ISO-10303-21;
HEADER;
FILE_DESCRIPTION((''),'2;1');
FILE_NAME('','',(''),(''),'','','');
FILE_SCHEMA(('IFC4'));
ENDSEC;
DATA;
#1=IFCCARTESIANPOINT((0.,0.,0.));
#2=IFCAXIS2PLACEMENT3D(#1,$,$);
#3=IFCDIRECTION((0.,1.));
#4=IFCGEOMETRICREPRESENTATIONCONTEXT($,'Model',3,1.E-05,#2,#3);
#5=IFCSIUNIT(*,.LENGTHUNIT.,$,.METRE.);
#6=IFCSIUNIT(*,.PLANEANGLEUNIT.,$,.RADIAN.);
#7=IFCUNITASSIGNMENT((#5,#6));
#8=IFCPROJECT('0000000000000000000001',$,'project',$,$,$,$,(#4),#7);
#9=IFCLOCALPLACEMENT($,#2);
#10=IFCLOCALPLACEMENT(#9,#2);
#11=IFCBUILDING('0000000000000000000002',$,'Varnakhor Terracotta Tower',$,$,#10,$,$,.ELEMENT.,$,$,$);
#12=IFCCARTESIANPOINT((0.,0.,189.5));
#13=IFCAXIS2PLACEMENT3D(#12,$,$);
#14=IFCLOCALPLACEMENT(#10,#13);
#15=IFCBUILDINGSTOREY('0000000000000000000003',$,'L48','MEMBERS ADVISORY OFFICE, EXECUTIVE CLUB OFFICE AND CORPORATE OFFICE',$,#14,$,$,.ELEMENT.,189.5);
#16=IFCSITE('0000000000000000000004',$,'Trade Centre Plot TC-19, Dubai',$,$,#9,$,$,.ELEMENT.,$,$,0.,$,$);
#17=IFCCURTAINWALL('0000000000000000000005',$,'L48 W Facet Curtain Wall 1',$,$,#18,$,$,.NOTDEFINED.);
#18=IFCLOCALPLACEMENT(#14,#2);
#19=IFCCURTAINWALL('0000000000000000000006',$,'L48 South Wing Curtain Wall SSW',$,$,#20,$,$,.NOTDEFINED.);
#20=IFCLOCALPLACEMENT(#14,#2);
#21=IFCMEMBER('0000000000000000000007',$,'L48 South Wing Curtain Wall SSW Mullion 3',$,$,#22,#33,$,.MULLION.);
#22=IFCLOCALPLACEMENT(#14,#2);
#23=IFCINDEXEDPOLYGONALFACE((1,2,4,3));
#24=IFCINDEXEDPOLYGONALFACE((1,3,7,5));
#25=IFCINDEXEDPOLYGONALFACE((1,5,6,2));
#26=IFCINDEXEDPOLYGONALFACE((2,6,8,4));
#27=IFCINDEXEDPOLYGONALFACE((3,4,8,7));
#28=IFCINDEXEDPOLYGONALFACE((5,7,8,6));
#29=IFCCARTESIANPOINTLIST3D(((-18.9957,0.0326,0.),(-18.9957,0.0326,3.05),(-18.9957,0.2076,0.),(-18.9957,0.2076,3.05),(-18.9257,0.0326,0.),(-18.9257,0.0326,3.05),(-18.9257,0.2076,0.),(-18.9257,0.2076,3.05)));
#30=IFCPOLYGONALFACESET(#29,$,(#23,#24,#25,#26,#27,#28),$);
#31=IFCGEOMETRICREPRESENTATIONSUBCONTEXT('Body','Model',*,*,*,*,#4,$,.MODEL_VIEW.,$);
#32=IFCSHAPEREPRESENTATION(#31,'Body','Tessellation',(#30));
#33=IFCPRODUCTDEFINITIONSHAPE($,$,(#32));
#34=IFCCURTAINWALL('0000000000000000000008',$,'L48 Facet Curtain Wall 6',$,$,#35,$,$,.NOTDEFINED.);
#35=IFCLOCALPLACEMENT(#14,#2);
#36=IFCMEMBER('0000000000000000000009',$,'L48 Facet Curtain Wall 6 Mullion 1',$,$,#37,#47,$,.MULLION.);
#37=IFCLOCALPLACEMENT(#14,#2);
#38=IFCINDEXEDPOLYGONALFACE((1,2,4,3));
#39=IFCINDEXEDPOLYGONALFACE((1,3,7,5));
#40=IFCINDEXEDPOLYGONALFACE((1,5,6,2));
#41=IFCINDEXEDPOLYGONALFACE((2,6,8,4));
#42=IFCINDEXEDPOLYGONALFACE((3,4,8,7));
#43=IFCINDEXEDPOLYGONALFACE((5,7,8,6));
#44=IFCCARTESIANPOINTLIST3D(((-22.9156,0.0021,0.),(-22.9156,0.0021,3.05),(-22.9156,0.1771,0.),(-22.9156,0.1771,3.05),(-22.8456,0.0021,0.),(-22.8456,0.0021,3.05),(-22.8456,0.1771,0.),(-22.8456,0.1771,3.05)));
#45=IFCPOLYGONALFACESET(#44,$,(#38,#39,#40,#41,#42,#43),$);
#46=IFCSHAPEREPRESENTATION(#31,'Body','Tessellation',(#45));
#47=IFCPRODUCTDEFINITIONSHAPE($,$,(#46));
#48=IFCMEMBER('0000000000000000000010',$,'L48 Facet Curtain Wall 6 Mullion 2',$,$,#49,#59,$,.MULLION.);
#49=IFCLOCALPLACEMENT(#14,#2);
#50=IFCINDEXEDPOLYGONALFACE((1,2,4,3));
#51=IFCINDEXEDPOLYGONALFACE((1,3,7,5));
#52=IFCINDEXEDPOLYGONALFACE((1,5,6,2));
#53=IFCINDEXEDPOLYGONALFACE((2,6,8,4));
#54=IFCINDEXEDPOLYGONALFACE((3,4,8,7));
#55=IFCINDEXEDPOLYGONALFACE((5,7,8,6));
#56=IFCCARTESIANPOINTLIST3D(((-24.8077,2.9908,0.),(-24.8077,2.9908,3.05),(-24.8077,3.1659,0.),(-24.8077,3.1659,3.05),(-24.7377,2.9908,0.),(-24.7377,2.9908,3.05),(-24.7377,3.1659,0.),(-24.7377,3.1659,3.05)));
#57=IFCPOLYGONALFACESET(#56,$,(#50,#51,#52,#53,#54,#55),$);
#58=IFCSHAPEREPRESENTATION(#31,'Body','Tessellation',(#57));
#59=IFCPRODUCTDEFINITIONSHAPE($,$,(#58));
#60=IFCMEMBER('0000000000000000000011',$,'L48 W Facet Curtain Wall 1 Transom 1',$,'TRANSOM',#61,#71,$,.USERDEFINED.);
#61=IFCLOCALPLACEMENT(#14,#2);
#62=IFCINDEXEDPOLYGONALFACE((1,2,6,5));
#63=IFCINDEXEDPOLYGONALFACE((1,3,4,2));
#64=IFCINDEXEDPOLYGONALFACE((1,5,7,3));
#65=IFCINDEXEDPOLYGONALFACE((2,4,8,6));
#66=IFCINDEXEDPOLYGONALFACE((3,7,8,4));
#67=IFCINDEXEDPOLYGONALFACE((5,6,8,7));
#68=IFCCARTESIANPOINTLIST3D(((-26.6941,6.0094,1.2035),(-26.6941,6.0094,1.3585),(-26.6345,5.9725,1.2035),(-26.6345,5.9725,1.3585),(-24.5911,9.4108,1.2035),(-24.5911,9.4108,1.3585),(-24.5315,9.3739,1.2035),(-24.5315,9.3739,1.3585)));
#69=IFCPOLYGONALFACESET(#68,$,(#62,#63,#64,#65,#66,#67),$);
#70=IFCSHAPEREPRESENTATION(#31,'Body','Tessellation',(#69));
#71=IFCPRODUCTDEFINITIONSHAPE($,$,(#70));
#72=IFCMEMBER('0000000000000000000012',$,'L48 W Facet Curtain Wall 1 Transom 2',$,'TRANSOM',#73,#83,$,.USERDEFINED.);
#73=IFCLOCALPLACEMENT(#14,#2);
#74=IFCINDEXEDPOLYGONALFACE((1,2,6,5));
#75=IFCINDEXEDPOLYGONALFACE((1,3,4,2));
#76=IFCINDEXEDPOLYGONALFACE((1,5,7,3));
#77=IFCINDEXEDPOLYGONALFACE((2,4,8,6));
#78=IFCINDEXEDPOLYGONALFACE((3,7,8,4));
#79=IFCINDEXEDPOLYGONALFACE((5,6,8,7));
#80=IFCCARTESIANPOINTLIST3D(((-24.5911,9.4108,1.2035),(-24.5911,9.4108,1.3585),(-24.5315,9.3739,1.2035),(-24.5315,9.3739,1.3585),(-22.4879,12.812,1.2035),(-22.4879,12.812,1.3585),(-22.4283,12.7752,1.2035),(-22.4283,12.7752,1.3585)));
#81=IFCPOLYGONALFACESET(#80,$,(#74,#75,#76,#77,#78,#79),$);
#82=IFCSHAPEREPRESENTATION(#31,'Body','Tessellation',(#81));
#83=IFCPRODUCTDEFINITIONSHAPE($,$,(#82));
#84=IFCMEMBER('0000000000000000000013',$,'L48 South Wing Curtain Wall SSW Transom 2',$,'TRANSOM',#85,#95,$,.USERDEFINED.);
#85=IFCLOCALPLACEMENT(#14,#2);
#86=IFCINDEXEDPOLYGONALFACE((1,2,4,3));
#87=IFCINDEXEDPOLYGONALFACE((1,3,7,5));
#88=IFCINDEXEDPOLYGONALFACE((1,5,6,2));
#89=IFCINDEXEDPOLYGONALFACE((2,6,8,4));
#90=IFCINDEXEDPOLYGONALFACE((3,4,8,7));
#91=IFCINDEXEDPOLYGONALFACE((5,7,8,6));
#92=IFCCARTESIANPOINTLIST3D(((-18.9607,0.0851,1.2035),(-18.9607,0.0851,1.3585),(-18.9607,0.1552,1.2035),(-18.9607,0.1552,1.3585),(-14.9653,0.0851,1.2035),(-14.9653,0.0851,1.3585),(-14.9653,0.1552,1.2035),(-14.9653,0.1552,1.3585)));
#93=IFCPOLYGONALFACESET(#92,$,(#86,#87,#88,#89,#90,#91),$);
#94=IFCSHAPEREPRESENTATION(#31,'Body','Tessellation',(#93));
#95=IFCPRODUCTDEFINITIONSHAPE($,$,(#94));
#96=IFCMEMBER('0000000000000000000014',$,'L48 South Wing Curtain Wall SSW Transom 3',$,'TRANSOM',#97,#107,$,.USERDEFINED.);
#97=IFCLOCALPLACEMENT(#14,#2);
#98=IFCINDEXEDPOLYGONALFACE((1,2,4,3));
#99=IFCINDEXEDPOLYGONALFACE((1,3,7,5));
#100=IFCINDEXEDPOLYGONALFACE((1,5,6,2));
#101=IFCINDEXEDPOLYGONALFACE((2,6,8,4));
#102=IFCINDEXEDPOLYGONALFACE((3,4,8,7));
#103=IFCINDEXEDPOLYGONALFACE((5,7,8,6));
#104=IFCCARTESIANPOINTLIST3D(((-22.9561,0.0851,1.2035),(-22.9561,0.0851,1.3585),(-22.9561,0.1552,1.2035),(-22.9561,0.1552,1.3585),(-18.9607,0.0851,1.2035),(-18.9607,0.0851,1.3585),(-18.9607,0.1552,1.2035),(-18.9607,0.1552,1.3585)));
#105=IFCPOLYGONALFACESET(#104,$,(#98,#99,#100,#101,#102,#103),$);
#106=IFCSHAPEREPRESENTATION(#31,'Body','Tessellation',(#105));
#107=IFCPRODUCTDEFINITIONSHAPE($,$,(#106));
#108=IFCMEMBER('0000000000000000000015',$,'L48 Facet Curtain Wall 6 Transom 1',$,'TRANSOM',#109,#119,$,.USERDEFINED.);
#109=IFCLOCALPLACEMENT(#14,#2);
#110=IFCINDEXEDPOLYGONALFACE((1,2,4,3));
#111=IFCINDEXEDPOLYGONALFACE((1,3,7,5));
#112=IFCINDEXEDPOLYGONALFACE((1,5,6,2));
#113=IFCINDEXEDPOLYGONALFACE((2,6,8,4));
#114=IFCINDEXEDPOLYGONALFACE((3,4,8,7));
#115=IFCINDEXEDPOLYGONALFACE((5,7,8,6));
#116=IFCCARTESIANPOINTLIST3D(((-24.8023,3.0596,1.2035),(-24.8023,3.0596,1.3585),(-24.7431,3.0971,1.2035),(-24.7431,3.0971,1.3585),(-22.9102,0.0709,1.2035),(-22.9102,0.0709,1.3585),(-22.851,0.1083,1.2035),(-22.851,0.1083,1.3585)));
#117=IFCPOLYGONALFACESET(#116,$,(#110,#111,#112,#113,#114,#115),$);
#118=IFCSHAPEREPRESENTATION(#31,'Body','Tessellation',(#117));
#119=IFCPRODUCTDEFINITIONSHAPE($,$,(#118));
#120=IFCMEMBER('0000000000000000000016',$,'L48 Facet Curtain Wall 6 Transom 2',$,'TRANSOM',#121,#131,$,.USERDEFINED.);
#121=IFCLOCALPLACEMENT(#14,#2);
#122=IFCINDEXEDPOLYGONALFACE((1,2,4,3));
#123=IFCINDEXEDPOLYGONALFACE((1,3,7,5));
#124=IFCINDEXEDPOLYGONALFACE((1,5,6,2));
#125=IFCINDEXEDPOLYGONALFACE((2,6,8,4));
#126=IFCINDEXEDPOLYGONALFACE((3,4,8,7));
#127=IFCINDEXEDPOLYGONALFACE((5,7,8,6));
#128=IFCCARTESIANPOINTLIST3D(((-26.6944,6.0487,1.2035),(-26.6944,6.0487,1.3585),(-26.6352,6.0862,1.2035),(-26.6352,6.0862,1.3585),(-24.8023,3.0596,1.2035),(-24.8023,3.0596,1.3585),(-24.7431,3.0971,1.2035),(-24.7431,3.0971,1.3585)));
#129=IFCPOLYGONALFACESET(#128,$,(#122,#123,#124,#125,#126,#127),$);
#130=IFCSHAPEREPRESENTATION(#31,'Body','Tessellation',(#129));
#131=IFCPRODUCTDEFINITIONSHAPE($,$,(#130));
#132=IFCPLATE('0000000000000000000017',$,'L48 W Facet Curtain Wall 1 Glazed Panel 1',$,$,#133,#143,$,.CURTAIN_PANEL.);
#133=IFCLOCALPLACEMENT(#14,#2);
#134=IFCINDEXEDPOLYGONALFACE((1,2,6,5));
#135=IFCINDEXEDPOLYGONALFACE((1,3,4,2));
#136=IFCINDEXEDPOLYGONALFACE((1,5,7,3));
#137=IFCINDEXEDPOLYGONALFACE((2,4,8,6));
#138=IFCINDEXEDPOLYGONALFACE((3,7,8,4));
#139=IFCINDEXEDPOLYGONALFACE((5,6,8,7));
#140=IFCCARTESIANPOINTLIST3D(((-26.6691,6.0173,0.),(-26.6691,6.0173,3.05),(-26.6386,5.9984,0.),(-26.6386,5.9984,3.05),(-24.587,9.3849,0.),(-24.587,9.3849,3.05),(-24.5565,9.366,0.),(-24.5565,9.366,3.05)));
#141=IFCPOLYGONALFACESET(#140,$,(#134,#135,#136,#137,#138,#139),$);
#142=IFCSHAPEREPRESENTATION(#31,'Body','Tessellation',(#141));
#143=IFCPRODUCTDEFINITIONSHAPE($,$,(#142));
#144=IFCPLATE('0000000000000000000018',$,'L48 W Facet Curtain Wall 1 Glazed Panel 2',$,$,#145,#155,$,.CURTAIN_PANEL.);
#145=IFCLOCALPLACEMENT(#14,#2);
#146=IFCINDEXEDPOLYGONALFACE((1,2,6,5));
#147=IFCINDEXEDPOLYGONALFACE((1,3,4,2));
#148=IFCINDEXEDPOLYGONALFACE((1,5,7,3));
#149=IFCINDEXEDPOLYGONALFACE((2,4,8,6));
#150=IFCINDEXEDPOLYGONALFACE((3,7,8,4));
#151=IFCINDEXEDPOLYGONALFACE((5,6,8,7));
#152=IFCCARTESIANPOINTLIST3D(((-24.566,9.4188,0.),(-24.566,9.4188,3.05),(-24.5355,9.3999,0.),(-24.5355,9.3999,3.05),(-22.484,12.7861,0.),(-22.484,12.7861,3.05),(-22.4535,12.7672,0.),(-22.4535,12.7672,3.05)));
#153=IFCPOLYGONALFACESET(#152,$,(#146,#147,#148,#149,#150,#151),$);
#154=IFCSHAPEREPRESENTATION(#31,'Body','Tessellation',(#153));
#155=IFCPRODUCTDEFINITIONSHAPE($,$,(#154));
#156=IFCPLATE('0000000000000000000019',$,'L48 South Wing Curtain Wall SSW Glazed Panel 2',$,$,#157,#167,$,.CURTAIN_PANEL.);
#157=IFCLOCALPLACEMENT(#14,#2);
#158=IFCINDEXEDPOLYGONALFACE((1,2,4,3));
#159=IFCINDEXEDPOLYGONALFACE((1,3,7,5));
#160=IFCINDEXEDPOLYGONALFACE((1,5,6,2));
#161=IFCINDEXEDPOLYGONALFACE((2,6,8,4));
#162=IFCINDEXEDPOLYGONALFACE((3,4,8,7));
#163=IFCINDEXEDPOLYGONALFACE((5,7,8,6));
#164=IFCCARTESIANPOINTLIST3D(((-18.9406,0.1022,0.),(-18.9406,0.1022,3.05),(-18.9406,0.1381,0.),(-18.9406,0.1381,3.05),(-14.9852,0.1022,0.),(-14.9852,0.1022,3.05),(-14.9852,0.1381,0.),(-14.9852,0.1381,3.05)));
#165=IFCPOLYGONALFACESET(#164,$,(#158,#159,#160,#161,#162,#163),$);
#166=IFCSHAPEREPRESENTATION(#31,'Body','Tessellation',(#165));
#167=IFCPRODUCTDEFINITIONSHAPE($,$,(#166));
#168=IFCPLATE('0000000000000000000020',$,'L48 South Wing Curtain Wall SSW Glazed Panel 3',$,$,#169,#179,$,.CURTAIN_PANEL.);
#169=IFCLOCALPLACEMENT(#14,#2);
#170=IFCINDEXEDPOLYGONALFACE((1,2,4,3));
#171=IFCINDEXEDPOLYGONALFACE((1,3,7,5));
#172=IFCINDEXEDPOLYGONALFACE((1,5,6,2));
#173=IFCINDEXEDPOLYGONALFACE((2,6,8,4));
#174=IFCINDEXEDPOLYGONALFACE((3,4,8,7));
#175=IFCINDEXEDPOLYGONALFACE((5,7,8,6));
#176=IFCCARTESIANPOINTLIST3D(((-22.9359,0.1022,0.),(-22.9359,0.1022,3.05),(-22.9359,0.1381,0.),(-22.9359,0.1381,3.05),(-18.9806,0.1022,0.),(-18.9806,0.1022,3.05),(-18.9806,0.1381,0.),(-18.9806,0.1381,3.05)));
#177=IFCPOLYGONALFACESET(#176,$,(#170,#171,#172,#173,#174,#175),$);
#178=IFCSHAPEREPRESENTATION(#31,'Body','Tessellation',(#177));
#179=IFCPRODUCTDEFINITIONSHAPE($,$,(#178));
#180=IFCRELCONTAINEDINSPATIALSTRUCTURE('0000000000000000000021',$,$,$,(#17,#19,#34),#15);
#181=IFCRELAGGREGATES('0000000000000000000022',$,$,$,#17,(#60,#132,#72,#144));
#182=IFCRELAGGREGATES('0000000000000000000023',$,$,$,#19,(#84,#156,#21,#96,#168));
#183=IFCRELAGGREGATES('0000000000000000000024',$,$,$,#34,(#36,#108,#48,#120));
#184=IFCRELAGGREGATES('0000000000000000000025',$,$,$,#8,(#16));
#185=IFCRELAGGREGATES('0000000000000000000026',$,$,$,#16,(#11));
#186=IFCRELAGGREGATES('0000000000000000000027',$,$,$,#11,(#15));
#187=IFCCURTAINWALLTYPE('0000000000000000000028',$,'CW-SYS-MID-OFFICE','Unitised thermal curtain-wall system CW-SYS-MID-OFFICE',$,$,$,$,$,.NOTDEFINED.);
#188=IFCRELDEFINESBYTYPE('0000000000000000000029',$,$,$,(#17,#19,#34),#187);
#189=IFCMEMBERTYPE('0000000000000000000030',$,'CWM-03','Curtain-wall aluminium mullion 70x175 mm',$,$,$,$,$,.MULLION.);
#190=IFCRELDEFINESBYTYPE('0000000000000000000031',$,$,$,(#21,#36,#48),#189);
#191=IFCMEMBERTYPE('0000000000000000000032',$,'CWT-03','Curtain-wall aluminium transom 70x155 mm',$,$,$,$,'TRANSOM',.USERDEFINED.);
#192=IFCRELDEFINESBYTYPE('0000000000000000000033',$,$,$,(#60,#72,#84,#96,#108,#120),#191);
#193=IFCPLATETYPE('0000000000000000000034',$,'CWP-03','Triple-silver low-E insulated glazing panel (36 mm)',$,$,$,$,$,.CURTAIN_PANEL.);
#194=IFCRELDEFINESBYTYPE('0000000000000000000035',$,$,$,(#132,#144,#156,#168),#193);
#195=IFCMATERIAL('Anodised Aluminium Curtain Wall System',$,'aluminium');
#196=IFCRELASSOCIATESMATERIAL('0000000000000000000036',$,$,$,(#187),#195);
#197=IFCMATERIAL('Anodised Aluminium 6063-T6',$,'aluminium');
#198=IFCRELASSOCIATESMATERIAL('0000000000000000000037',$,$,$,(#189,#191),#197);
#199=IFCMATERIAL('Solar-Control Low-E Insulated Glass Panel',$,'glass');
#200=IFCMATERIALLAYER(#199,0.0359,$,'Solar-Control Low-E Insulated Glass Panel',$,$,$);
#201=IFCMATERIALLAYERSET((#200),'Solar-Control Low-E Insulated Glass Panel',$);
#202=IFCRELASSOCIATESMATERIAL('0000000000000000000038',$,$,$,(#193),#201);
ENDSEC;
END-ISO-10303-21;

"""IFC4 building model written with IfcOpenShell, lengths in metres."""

from ifc_helpers import new_model, si_unit, direction, frame, origin, origin_2d, place, context, subcontext, project, spatial, rectangle, extrude, source, transform, mapped, material, layer, layer_set, material_profile, profile_set, type_object, element, aggregate, save


model = new_model("IFC4")

# Units and contexts
model_context = context("Model", 3, precision=1e-05, world=origin(), true_north=direction((0.0, 1.0)))
body_context = subcontext(model_context, "Body", "Model", "MODEL_VIEW")
ifc_project = project(units=[si_unit("LENGTHUNIT", "METRE"), si_unit("PLANEANGLEUNIT", "RADIAN")], contexts=[model_context])

# Site, building, storey
site_placement = place(None, origin())
site = spatial("IfcSite", under=ifc_project, at=site_placement, Name="Trade Centre Plot TC-19, Dubai", CompositionType="ELEMENT", RefElevation=0.0)
building_placement = place(site_placement, origin())
building = spatial("IfcBuilding", under=site, at=building_placement, Name="Varnakhor Terracotta Tower", CompositionType="ELEMENT")
storey_placement = place(building_placement, frame((0.0, 0.0, 189.5)))
storey = spatial("IfcBuildingStorey", under=building, at=storey_placement, Name="L48", Description="MEMBERS ADVISORY OFFICE, EXECUTIVE CLUB OFFICE AND CORPORATE OFFICE", CompositionType="ELEMENT", Elevation=189.5)

# Curtain walls, members
ifc_material_1 = material(Name="Anodised Aluminium Curtain Wall System", Category="aluminium")
curtain_wall_type = type_object("IfcCurtainWallType", Name="CW-SYS-MID-OFFICE", Description="Unitised thermal curtain-wall system CW-SYS-MID-OFFICE", PredefinedType="NOTDEFINED", material=ifc_material_1)
curtain_wall_1_placement = place(storey_placement, origin())
curtain_wall_1 = element("IfcCurtainWall", 1, at=curtain_wall_1_placement, inside=storey, type_object=curtain_wall_type, Name="L48 W Facet Curtain Wall 1", PredefinedType="NOTDEFINED")
ifc_material_2 = material(Name="Anodised Aluminium 6063-T6", Category="aluminium")
ifc_material_profile_1 = material_profile(ifc_material_2, rectangle(XDim=0.0701, YDim=0.175, at=origin_2d()), Name="ALU MULLION 70x175")
ifc_profile_set_1 = profile_set([ifc_material_profile_1], Name="Anodised Aluminium 6063-T6")
member_type_1 = type_object("IfcMemberType", Name="CWM-03", Description="Curtain-wall aluminium mullion 70x175 mm", PredefinedType="MULLION", material=ifc_profile_set_1)
shared_shape_1 = source(origin(), body_context, "Body", "SweptSolid", [
    extrude(rectangle(XDim=0.0701, YDim=0.175, at=origin_2d()), origin(), (0.0, 0.0, 1.0), 3.05),
])
curtain_wall_2_placement = place(storey_placement, origin())
curtain_wall_2 = element("IfcCurtainWall", 2, at=curtain_wall_2_placement, inside=storey, type_object=curtain_wall_type, Name="L48 South Wing Curtain Wall SSW", PredefinedType="NOTDEFINED")
member_1_placement = place(storey_placement, frame((-18.9607, 0.1201, 0.0), z_axis=(0.0, 0.0, 1.0), x_axis=(1.0, 0.0, 0.0)))
member_1 = element("IfcMember", 3, at=member_1_placement, type_object=member_type_1, Name="L48 South Wing Curtain Wall SSW Mullion 3", PredefinedType="MULLION", context=body_context, shape_type="MappedRepresentation", body=[
    mapped(shared_shape_1, transform((0.0, 0.0, 0.0), scale=1.0)),
])
curtain_wall_3_placement = place(storey_placement, origin())
curtain_wall_3 = element("IfcCurtainWall", 4, at=curtain_wall_3_placement, inside=storey, type_object=curtain_wall_type, Name="L48 Facet Curtain Wall 6", PredefinedType="NOTDEFINED")
member_2_placement = place(storey_placement, frame((-22.8806, 0.0896, 0.0), z_axis=(0.0, 0.0, 1.0), x_axis=(1.0, 0.0, 0.0)))
member_2 = element("IfcMember", 5, at=member_2_placement, type_object=member_type_1, Name="L48 Facet Curtain Wall 6 Mullion 1", PredefinedType="MULLION", context=body_context, shape_type="MappedRepresentation", body=[
    mapped(shared_shape_1, transform((0.0, 0.0, 0.0), scale=1.0)),
])
member_3_placement = place(storey_placement, frame((-24.7727, 3.0784, 0.0), z_axis=(0.0, 0.0, 1.0), x_axis=(1.0, 0.0, 0.0)))
member_3 = element("IfcMember", 6, at=member_3_placement, type_object=member_type_1, Name="L48 Facet Curtain Wall 6 Mullion 2", PredefinedType="MULLION", context=body_context, shape_type="MappedRepresentation", body=[
    mapped(shared_shape_1, transform((0.0, 0.0, 0.0), scale=1.0)),
])

# Members
ifc_material_profile_2 = material_profile(ifc_material_2, rectangle(XDim=0.0701, YDim=0.155, at=origin_2d()), Name="ALU TRANSOM 70x155")
ifc_profile_set_2 = profile_set([ifc_material_profile_2], Name="Anodised Aluminium 6063-T6")
member_type_2 = type_object("IfcMemberType", Name="CWT-03", Description="Curtain-wall aluminium transom 70x155 mm", ElementType="TRANSOM", PredefinedType="USERDEFINED", material=ifc_profile_set_2)
shared_shape_2 = source(origin(), body_context, "Body", "SweptSolid", [
    extrude(rectangle(XDim=0.0701, YDim=0.155, at=origin_2d()), origin(), (0.0, 0.0, 1.0), 3.999),
])
member_4_placement = place(storey_placement, frame((-26.6643, 5.991, 1.281), z_axis=(0.525888, 0.850554, 0.0), x_axis=(-0.850554, 0.525888, 0.0)))
member_4 = element("IfcMember", 7, at=member_4_placement, type_object=member_type_2, Name="L48 W Facet Curtain Wall 1 Transom 1", ObjectType="TRANSOM", PredefinedType="USERDEFINED", context=body_context, shape_type="MappedRepresentation", body=[
    mapped(shared_shape_2, transform((0.0, 0.0, 0.0), scale=1.0)),
])
member_5_placement = place(storey_placement, frame((-24.5613, 9.3923, 1.281), z_axis=(0.525932, 0.850527, 0.0), x_axis=(-0.850527, 0.525932, 0.0)))
member_5 = element("IfcMember", 8, at=member_5_placement, type_object=member_type_2, Name="L48 W Facet Curtain Wall 1 Transom 2", ObjectType="TRANSOM", PredefinedType="USERDEFINED", context=body_context, shape_type="MappedRepresentation", body=[
    mapped(shared_shape_2, transform((0.0, 0.0, 0.0), scale=1.0)),
])
shared_shape_3 = source(origin(), body_context, "Body", "SweptSolid", [
    extrude(rectangle(XDim=0.0701, YDim=0.155, at=origin_2d()), origin(), (0.0, 0.0, 1.0), 3.9954),
])
member_6_placement = place(storey_placement, frame((-14.9653, 0.1201, 1.281), z_axis=(-1.0, 0.0, 0.0), x_axis=(0.0, -1.0, 0.0)))
member_6 = element("IfcMember", 9, at=member_6_placement, type_object=member_type_2, Name="L48 South Wing Curtain Wall SSW Transom 2", ObjectType="TRANSOM", PredefinedType="USERDEFINED", context=body_context, shape_type="MappedRepresentation", body=[
    mapped(shared_shape_3, transform((0.0, 0.0, 0.0), scale=1.0)),
])
member_7_placement = place(storey_placement, frame((-18.9607, 0.1201, 1.281), z_axis=(-1.0, 0.0, 0.0), x_axis=(0.0, -1.0, 0.0)))
member_7 = element("IfcMember", 10, at=member_7_placement, type_object=member_type_2, Name="L48 South Wing Curtain Wall SSW Transom 3", ObjectType="TRANSOM", PredefinedType="USERDEFINED", context=body_context, shape_type="MappedRepresentation", body=[
    mapped(shared_shape_3, transform((0.0, 0.0, 0.0), scale=1.0)),
])
shared_shape_4 = source(origin(), body_context, "Body", "SweptSolid", [
    extrude(rectangle(XDim=0.0701, YDim=0.155, at=origin_2d()), origin(), (0.0, 0.0, 1.0), 3.5374),
])
member_8_placement = place(storey_placement, frame((-22.8806, 0.0896, 1.281), z_axis=(-0.534891, 0.844921, 0.0), x_axis=(-0.844921, -0.534891, 0.0)))
member_8 = element("IfcMember", 11, at=member_8_placement, type_object=member_type_2, Name="L48 Facet Curtain Wall 6 Transom 1", ObjectType="TRANSOM", PredefinedType="USERDEFINED", context=body_context, shape_type="MappedRepresentation", body=[
    mapped(shared_shape_4, transform((0.0, 0.0, 0.0), scale=1.0)),
])
shared_shape_5 = source(origin(), body_context, "Body", "SweptSolid", [
    extrude(rectangle(XDim=0.0701, YDim=0.155, at=origin_2d()), origin(), (0.0, 0.0, 1.0), 3.5376),
])
member_9_placement = place(storey_placement, frame((-24.7727, 3.0784, 1.281), z_axis=(-0.53486, 0.844941, 0.0), x_axis=(-0.844941, -0.53486, 0.0)))
member_9 = element("IfcMember", 12, at=member_9_placement, type_object=member_type_2, Name="L48 Facet Curtain Wall 6 Transom 2", ObjectType="TRANSOM", PredefinedType="USERDEFINED", context=body_context, shape_type="MappedRepresentation", body=[
    mapped(shared_shape_5, transform((0.0, 0.0, 0.0), scale=1.0)),
])

# Plates
ifc_material_3 = material(Name="Solar-Control Low-E Insulated Glass Panel", Category="glass")
ifc_layer_1 = layer(ifc_material_3, 0.0359, Name="Solar-Control Low-E Insulated Glass Panel")
ifc_layer_set_1 = layer_set([ifc_layer_1], Name="Solar-Control Low-E Insulated Glass Panel")
plate_type = type_object("IfcPlateType", Name="CWP-03", Description="Triple-silver low-E insulated glazing panel (36 mm)", PredefinedType="CURTAIN_PANEL", material=ifc_layer_set_1)
shared_shape_6 = source(origin(), body_context, "Body", "SweptSolid", [
    extrude(rectangle(XDim=3.9592, YDim=0.0359, at=origin_2d()), origin(), (0.0, 0.0, 1.0), 3.05),
])
plate_1_placement = place(storey_placement, frame((-25.6128, 7.6917, 0.0), z_axis=(0.0, 0.0, 1.0), x_axis=(0.525887, 0.850554, 0.0)))
plate_1 = element("IfcPlate", 13, at=plate_1_placement, type_object=plate_type, Name="L48 W Facet Curtain Wall 1 Glazed Panel 1", PredefinedType="CURTAIN_PANEL", context=body_context, shape_type="MappedRepresentation", body=[
    mapped(shared_shape_6, transform((0.0, 0.0, 0.0), scale=1.0)),
])
shared_shape_7 = source(origin(), body_context, "Body", "SweptSolid", [
    extrude(rectangle(XDim=3.959, YDim=0.0359, at=origin_2d()), origin(), (0.0, 0.0, 1.0), 3.05),
])
plate_2_placement = place(storey_placement, frame((-23.5098, 11.093, 0.0), z_axis=(0.0, 0.0, 1.0), x_axis=(0.525887, 0.850554, 0.0)))
plate_2 = element("IfcPlate", 14, at=plate_2_placement, type_object=plate_type, Name="L48 W Facet Curtain Wall 1 Glazed Panel 2", PredefinedType="CURTAIN_PANEL", context=body_context, shape_type="MappedRepresentation", body=[
    mapped(shared_shape_7, transform((0.0, 0.0, 0.0), scale=1.0)),
])
aggregate(curtain_wall_1, [member_4, plate_1, member_5, plate_2])
shared_shape_8 = source(origin(), body_context, "Body", "SweptSolid", [
    extrude(rectangle(XDim=3.9553, YDim=0.0359, at=origin_2d()), origin(), (0.0, 0.0, 1.0), 3.05),
])
plate_3_placement = place(storey_placement, frame((-16.9629, 0.1201, 0.0), z_axis=(0.0, 0.0, 1.0), x_axis=(-1.0, 0.0, 0.0)))
plate_3 = element("IfcPlate", 15, at=plate_3_placement, type_object=plate_type, Name="L48 South Wing Curtain Wall SSW Glazed Panel 2", PredefinedType="CURTAIN_PANEL", context=body_context, shape_type="MappedRepresentation", body=[
    mapped(shared_shape_8, transform((0.0, 0.0, 0.0), scale=1.0)),
])
plate_4_placement = place(storey_placement, frame((-20.9583, 0.1201, 0.0), z_axis=(0.0, 0.0, 1.0), x_axis=(-1.0, 0.0, 0.0)))
plate_4 = element("IfcPlate", 16, at=plate_4_placement, type_object=plate_type, Name="L48 South Wing Curtain Wall SSW Glazed Panel 3", PredefinedType="CURTAIN_PANEL", context=body_context, shape_type="MappedRepresentation", body=[
    mapped(shared_shape_8, transform((0.0, 0.0, 0.0), scale=1.0)),
])
aggregate(curtain_wall_2, [member_6, plate_3, member_1, member_7, plate_4])
aggregate(curtain_wall_3, [member_2, member_8, member_3, member_9])

save(model, "model.ifc")
